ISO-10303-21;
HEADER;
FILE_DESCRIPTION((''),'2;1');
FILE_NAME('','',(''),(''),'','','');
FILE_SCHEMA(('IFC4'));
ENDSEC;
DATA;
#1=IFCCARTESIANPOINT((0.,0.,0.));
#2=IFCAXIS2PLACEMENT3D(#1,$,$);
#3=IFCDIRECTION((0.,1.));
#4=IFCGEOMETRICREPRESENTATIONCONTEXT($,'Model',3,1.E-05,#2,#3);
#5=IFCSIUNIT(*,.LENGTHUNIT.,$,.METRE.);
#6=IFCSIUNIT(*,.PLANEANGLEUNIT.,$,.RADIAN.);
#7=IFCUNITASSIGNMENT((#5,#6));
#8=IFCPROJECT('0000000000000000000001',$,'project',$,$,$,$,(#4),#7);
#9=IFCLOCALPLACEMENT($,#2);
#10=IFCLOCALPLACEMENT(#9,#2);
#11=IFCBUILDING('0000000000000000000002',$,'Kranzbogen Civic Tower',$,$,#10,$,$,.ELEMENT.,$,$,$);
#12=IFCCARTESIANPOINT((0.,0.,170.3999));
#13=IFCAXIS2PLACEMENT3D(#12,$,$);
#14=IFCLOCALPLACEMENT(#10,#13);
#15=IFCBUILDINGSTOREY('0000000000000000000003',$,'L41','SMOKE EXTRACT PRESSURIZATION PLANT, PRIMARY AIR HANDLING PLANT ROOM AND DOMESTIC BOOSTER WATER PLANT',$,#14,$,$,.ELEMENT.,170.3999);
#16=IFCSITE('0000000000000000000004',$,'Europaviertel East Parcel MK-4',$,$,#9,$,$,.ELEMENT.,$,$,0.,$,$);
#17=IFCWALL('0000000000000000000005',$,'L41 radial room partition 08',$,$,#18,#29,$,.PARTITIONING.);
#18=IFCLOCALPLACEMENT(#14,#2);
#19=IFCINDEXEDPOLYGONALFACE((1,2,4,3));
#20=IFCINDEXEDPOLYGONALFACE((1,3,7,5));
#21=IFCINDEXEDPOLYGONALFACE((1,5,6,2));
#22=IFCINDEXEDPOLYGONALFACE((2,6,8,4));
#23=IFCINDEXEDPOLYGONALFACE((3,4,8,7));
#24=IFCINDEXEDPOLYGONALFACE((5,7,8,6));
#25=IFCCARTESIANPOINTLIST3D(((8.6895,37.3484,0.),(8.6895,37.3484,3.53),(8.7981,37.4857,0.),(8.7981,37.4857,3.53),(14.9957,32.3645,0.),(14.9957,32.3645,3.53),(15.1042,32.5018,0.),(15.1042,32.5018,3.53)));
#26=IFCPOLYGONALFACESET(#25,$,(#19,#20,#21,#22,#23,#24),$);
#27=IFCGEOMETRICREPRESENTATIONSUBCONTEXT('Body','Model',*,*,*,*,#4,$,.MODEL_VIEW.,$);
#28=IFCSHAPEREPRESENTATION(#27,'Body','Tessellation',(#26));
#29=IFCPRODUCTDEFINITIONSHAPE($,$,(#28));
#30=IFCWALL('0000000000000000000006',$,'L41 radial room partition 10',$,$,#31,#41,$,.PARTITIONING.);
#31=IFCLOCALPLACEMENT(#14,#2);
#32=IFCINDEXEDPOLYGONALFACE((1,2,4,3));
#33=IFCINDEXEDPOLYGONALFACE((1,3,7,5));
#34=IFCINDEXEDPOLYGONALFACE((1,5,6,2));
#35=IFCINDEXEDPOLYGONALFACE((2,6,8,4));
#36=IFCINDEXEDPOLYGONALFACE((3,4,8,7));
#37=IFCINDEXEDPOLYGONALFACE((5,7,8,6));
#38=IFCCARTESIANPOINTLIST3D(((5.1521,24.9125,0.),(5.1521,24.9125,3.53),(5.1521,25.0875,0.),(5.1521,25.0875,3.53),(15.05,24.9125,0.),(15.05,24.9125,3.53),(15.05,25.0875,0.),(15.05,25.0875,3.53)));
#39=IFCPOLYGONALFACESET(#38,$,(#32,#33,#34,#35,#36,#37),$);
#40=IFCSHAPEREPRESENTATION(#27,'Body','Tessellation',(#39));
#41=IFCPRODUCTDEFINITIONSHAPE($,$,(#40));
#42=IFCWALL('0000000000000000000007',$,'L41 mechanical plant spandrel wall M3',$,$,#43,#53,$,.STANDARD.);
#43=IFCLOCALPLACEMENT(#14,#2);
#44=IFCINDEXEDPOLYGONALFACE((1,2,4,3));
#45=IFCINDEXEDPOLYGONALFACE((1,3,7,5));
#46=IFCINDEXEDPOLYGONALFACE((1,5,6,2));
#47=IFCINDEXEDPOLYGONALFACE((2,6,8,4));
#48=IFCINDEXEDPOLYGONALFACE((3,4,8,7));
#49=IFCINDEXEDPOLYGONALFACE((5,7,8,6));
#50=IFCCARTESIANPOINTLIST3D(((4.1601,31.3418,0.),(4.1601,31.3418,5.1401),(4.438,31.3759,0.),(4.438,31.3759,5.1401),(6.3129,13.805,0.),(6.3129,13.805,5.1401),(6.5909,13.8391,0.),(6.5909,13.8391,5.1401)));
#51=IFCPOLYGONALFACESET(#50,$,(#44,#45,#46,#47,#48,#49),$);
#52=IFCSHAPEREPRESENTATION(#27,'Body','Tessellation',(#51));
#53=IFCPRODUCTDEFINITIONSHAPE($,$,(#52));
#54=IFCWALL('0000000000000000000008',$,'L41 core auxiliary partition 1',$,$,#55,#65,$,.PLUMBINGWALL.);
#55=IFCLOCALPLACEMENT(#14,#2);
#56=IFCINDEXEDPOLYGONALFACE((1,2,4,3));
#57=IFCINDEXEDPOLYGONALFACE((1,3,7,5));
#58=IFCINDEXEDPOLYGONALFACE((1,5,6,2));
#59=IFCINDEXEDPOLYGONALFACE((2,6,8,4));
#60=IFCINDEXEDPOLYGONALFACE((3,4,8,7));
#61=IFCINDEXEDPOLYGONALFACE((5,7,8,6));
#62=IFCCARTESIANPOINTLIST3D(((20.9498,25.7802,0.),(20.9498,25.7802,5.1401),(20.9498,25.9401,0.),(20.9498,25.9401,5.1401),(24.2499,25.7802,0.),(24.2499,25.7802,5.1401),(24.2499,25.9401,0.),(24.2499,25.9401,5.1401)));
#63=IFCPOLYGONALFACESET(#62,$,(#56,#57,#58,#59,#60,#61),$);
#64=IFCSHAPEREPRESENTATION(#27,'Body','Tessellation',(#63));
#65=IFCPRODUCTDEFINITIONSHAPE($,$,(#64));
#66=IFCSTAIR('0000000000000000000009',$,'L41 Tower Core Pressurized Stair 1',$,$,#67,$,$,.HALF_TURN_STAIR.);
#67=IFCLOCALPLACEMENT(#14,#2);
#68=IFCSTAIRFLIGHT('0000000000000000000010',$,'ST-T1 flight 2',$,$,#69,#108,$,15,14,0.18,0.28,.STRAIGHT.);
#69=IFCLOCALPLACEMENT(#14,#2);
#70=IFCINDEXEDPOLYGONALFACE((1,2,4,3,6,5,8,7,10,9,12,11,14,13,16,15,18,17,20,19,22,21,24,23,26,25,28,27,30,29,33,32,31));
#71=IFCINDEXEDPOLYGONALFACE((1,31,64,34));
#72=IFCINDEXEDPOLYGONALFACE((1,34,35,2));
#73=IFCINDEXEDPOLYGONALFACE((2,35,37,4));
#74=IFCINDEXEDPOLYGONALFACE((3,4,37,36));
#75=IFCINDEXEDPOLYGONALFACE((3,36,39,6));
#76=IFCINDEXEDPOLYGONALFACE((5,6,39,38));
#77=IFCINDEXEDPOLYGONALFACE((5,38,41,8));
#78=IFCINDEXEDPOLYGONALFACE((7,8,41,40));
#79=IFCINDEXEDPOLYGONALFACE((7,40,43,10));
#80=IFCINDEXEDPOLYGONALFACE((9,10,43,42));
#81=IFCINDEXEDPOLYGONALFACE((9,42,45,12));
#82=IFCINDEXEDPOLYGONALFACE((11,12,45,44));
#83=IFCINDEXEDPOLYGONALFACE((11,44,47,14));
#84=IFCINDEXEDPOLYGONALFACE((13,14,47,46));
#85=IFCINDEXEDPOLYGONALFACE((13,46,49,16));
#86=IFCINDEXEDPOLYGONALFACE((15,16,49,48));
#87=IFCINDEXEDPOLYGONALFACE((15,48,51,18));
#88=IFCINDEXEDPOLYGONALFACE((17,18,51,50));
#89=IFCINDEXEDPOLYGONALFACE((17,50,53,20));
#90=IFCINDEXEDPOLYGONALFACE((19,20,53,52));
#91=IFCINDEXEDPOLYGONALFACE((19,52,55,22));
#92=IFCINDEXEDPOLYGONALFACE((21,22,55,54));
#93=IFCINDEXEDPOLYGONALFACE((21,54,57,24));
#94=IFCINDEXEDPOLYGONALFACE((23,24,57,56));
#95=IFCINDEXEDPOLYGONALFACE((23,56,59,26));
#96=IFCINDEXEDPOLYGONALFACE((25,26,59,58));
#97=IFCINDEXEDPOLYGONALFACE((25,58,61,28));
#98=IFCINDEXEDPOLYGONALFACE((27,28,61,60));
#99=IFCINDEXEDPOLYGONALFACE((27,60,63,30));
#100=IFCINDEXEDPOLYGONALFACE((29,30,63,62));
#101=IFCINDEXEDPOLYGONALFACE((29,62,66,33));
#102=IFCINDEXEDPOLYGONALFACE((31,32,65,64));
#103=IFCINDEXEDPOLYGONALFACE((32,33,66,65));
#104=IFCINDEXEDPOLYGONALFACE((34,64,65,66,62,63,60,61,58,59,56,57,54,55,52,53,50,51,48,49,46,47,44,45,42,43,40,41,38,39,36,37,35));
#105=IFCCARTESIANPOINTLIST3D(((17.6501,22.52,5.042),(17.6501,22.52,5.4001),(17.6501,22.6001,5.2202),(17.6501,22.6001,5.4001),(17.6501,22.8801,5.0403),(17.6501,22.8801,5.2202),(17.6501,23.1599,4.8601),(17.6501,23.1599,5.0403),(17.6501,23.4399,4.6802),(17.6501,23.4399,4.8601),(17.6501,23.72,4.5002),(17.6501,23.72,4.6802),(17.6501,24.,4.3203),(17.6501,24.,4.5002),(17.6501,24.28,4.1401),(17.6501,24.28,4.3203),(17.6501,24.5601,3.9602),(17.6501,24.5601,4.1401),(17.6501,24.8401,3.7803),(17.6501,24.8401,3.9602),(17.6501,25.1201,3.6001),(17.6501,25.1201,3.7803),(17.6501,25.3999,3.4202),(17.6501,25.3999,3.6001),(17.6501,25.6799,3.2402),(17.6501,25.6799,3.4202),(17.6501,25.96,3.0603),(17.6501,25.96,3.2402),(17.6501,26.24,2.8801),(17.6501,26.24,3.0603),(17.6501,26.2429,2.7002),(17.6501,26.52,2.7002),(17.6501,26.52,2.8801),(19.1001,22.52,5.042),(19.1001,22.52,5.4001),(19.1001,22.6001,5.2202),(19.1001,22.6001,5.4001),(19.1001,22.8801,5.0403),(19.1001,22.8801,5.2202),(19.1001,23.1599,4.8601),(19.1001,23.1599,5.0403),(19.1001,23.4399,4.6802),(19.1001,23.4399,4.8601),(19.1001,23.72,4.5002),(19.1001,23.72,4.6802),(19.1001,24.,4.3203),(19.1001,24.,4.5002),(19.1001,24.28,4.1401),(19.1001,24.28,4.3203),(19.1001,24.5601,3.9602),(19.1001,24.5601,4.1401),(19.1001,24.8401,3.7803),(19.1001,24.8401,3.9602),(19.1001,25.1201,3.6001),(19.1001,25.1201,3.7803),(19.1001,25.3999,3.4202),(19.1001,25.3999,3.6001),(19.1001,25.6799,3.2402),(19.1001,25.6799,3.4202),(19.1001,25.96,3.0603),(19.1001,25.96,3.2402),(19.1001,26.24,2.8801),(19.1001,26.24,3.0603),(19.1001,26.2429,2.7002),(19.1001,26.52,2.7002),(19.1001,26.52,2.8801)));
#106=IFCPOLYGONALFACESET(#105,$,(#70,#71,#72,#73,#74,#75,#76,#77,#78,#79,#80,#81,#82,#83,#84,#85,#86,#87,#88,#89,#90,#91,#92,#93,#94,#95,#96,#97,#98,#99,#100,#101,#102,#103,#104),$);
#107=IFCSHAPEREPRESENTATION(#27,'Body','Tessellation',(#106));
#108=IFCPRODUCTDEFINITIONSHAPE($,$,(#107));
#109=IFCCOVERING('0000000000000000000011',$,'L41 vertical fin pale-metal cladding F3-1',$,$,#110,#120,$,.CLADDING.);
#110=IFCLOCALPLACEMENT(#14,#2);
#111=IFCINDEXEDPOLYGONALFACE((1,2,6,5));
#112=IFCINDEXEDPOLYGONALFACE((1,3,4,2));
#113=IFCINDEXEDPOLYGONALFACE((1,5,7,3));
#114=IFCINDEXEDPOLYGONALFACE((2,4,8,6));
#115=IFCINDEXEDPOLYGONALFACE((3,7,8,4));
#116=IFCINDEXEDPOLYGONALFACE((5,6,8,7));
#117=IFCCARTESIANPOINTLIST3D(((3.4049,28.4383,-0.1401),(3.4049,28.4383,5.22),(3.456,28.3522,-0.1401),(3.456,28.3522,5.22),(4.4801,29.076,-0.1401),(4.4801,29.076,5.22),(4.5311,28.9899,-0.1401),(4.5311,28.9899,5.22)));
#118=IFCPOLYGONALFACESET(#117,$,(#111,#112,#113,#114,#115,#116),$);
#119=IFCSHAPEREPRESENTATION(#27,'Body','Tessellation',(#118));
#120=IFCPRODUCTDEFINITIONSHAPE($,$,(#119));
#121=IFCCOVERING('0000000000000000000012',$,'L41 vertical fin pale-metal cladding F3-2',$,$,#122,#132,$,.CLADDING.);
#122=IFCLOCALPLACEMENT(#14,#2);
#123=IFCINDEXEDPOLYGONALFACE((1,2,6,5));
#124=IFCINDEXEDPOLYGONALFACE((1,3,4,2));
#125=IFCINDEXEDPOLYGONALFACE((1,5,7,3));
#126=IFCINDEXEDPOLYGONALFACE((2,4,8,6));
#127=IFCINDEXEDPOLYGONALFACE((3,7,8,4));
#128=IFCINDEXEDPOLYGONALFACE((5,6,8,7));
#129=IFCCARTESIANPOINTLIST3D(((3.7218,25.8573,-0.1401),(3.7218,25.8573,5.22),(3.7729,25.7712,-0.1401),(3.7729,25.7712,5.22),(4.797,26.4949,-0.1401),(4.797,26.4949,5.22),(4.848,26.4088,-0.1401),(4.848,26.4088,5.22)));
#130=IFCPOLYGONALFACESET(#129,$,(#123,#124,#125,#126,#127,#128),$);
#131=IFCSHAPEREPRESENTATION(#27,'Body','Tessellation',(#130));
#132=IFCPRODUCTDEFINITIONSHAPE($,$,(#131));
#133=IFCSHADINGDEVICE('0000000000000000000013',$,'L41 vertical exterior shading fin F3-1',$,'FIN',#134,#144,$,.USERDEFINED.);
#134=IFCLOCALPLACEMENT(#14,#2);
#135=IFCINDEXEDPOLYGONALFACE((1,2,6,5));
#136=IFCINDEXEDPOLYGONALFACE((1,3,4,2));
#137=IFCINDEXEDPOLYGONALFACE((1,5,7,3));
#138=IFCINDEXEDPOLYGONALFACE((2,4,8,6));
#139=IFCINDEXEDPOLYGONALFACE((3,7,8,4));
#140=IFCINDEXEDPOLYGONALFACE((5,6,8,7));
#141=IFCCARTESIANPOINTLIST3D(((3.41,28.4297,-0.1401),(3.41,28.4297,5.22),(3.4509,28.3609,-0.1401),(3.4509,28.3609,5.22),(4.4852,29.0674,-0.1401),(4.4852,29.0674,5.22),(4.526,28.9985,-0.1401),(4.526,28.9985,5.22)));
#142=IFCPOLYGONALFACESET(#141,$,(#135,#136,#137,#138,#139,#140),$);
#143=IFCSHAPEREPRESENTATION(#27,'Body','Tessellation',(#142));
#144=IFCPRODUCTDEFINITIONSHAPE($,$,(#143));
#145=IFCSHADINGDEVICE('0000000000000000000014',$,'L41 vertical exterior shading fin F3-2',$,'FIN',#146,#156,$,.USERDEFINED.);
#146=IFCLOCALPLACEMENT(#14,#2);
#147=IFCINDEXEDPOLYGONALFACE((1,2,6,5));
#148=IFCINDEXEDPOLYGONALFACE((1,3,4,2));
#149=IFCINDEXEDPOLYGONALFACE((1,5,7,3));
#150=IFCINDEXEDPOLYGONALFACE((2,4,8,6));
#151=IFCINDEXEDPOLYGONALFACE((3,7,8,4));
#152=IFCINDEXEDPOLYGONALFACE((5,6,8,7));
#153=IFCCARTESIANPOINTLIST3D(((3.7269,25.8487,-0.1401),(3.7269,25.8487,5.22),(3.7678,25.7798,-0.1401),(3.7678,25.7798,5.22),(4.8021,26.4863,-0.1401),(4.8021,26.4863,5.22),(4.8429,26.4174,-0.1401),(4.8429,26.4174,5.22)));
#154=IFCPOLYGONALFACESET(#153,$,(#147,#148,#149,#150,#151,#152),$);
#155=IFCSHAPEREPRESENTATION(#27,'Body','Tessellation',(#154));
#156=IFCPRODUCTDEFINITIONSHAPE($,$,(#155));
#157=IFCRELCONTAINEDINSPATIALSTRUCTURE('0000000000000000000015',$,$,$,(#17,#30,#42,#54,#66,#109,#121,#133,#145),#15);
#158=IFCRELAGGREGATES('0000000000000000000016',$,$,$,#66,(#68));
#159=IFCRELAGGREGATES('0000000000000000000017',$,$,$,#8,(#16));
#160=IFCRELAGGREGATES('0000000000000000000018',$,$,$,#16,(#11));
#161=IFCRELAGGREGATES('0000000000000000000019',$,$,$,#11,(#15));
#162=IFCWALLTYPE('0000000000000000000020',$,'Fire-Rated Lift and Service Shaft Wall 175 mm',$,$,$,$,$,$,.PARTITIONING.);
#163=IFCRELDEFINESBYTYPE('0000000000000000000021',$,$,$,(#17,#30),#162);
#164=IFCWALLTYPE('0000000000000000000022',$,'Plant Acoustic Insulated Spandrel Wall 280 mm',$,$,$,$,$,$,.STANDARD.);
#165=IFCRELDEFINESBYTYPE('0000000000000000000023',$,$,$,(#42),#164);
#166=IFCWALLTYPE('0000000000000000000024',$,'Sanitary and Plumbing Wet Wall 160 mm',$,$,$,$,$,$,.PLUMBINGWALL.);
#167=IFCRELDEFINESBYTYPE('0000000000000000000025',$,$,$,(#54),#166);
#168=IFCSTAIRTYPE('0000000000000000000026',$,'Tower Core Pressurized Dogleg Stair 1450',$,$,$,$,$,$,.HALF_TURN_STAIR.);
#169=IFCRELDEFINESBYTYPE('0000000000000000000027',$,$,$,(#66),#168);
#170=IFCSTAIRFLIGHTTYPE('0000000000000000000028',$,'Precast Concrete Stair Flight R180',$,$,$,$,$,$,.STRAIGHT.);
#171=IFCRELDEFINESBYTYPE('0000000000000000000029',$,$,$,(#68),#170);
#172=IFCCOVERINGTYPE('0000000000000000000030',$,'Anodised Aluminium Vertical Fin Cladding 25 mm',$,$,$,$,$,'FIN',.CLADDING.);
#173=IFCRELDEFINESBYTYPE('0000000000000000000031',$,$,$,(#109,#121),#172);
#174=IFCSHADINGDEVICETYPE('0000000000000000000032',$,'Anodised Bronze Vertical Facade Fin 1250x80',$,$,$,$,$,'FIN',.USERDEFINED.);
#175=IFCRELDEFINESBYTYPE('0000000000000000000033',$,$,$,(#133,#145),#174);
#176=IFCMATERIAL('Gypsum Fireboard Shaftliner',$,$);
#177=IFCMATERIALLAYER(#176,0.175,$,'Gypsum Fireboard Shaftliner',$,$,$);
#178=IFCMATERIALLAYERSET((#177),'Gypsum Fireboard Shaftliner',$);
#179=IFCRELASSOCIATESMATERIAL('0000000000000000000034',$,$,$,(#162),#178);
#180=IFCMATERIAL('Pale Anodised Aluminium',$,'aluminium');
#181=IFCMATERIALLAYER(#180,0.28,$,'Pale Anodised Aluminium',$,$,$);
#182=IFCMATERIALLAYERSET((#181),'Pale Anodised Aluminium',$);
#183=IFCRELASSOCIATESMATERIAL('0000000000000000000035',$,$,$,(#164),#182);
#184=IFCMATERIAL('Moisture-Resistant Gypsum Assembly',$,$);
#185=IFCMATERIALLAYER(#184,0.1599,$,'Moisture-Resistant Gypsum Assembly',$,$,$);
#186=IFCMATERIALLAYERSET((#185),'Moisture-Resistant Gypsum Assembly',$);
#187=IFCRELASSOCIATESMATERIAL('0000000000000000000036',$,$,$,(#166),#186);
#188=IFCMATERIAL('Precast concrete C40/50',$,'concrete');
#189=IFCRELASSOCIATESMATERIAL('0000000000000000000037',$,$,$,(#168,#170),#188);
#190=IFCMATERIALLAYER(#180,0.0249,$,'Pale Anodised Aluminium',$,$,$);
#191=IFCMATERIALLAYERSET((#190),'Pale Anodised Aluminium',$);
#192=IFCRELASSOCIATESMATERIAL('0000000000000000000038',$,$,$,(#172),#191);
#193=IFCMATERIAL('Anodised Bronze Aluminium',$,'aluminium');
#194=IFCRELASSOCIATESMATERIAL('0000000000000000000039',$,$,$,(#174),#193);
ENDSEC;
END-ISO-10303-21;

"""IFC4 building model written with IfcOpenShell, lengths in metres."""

from ifc_helpers import new_model, si_unit, direction, frame, frame_2d, origin, origin_2d, place, context, subcontext, project, spatial, polyline, rectangle, outline, extrude, material, layer, layer_set, type_object, element, aggregate, save


model = new_model("IFC4")

# Units and contexts
model_context = context("Model", 3, precision=1e-05, world=origin(), true_north=direction((0.0, 1.0)))
body_context = subcontext(model_context, "Body", "Model", "MODEL_VIEW")
ifc_project = project(units=[si_unit("LENGTHUNIT", "METRE"), si_unit("PLANEANGLEUNIT", "RADIAN")], contexts=[model_context])

# Site, building, storey
site_placement = place(None, origin())
site = spatial("IfcSite", under=ifc_project, at=site_placement, Name="Europaviertel East Parcel MK-4", CompositionType="ELEMENT", RefElevation=0.0)
building_placement = place(site_placement, origin())
building = spatial("IfcBuilding", under=site, at=building_placement, Name="Kranzbogen Civic Tower", CompositionType="ELEMENT")
storey_placement = place(building_placement, frame((0.0, 0.0, 170.3999)))
storey = spatial("IfcBuildingStorey", under=building, at=storey_placement, Name="L41", Description="SMOKE EXTRACT PRESSURIZATION PLANT, PRIMARY AIR HANDLING PLANT ROOM AND DOMESTIC BOOSTER WATER PLANT", CompositionType="ELEMENT", Elevation=170.3999)

# Walls
ifc_material_1 = material(Name="Gypsum Fireboard Shaftliner")
ifc_layer_1 = layer(ifc_material_1, 0.175, Name="Gypsum Fireboard Shaftliner")
ifc_layer_set_1 = layer_set([ifc_layer_1], Name="Gypsum Fireboard Shaftliner")
wall_type_1 = type_object("IfcWallType", Name="Fire-Rated Lift and Service Shaft Wall 175 mm", PredefinedType="PARTITIONING", material=ifc_layer_set_1)
wall_1_placement = place(storey_placement, frame((15.05, 32.4331, 0.0), z_axis=(0.0, 0.0, 1.0), x_axis=(-0.784559, 0.620054, 0.0)))
element("IfcWall", 1, at=wall_1_placement, inside=storey, type_object=wall_type_1, Name="L41 radial room partition 08", PredefinedType="PARTITIONING", context=body_context, shape_type="SweptSolid", body=[
    extrude(rectangle(XDim=8.0378, YDim=0.175, at=frame_2d((4.019, 0.0))), origin(), (0.0, 0.0, 1.0), 3.53),
])
wall_2_placement = place(storey_placement, frame((15.05, 25.0, 0.0), z_axis=(0.0, 0.0, 1.0), x_axis=(-1.0, 0.0, 0.0)))
element("IfcWall", 2, at=wall_2_placement, inside=storey, type_object=wall_type_1, Name="L41 radial room partition 10", PredefinedType="PARTITIONING", context=body_context, shape_type="SweptSolid", body=[
    extrude(rectangle(XDim=9.8979, YDim=0.175, at=frame_2d((4.949, 0.0))), origin(), (0.0, 0.0, 1.0), 3.53),
])
ifc_material_2 = material(Name="Pale Anodised Aluminium", Category="aluminium")
ifc_layer_2 = layer(ifc_material_2, 0.28, Name="Pale Anodised Aluminium")
ifc_layer_set_2 = layer_set([ifc_layer_2], Name="Pale Anodised Aluminium")
wall_type_2 = type_object("IfcWallType", Name="Plant Acoustic Insulated Spandrel Wall 280 mm", PredefinedType="STANDARD", material=ifc_layer_set_2)
wall_3_placement = place(storey_placement, frame((4.2991, 31.3589, 0.0), z_axis=(0.0, 0.0, 1.0), x_axis=(0.121846, -0.992549, 0.0)))
element("IfcWall", 3, at=wall_3_placement, inside=storey, type_object=wall_type_2, Name="L41 mechanical plant spandrel wall M3", PredefinedType="STANDARD", context=body_context, shape_type="SweptSolid", body=[
    extrude(rectangle(XDim=17.6685, YDim=0.28, at=frame_2d((8.8342, 0.0))), origin(), (0.0, 0.0, 1.0), 5.1401),
])
ifc_material_3 = material(Name="Moisture-Resistant Gypsum Assembly")
ifc_layer_3 = layer(ifc_material_3, 0.1599, Name="Moisture-Resistant Gypsum Assembly")
ifc_layer_set_3 = layer_set([ifc_layer_3], Name="Moisture-Resistant Gypsum Assembly")
wall_type_3 = type_object("IfcWallType", Name="Sanitary and Plumbing Wet Wall 160 mm", PredefinedType="PLUMBINGWALL", material=ifc_layer_set_3)
wall_4_placement = place(storey_placement, frame((20.95, 25.8601, 0.0), z_axis=(0.0, 0.0, 1.0), x_axis=(1.0, 0.0, 0.0)))
element("IfcWall", 4, at=wall_4_placement, inside=storey, type_object=wall_type_3, Name="L41 core auxiliary partition 1", PredefinedType="PLUMBINGWALL", context=body_context, shape_type="SweptSolid", body=[
    extrude(rectangle(XDim=3.3, YDim=0.1599, at=frame_2d((1.6499, 0.0))), origin(), (0.0, 0.0, 1.0), 5.1401),
])

# Stair, stair flight
ifc_material_4 = material(Name="Precast concrete C40/50", Category="concrete")
stair_type = type_object("IfcStairType", Name="Tower Core Pressurized Dogleg Stair 1450", PredefinedType="HALF_TURN_STAIR", material=ifc_material_4)
stair_placement = place(storey_placement, origin())
stair = element("IfcStair", 5, at=stair_placement, inside=storey, type_object=stair_type, Name="L41 Tower Core Pressurized Stair 1", PredefinedType="HALF_TURN_STAIR")
stair_flight_type = type_object("IfcStairFlightType", Name="Precast Concrete Stair Flight R180", PredefinedType="STRAIGHT", material=ifc_material_4)
stair_flight_placement = place(storey_placement, frame((18.375, 26.52, 2.7002), z_axis=(0.0, 0.0, 1.0), x_axis=(0.0, -1.0, 0.0)))
stair_flight = element("IfcStairFlight", 6, at=stair_flight_placement, type_object=stair_flight_type, Name="ST-T1 flight 2", NumberOfRisers=15, NumberOfTreads=14, PredefinedType="STRAIGHT", RiserHeight=0.18, TreadLength=0.28, context=body_context, shape_type="SweptSolid", body=[
    extrude(outline(polyline([(0.0, 0.0), (0.0, 0.1799), (0.28, 0.1799), (0.28, 0.3601), (0.5601, 0.3601), (0.5601, 0.54), (0.8401, 0.54), (0.8401, 0.72), (1.1201, 0.72), (1.1201, 0.8999), (1.3999, 0.8999), (1.3999, 1.0801), (1.6799, 1.0801), (1.6799, 1.26), (1.96, 1.26), (1.96, 1.4399), (2.24, 1.4399), (2.24, 1.6201), (2.52, 1.6201), (2.52, 1.8), (2.8, 1.8), (2.8, 1.98), (3.0801, 1.98), (3.0801, 2.1599), (3.3601, 2.1599), (3.3601, 2.3401), (3.6399, 2.3401), (3.6399, 2.52), (3.9199, 2.52), (3.9199, 2.7), (4.0, 2.7), (4.0, 2.3418), (0.2771, 0.0), (0.0, 0.0)])), frame((0.0, 0.7251, 0.0), z_axis=(0.0, -1.0, 0.0), x_axis=(1.0, 0.0, 0.0)), (0.0, 0.0, 1.0), 1.45),
])
aggregate(stair, [stair_flight])

# Coverings
ifc_layer_4 = layer(ifc_material_2, 0.0249, Name="Pale Anodised Aluminium")
ifc_layer_set_4 = layer_set([ifc_layer_4], Name="Pale Anodised Aluminium")
covering_type = type_object("IfcCoveringType", Name="Anodised Aluminium Vertical Fin Cladding 25 mm", ElementType="FIN", PredefinedType="CLADDING", material=ifc_layer_set_4)
for number, where, z_axis, x_axis, name in (
    (7, (3.968, 28.7141, -0.1401), (0.0, 0.0, 1.0), (-0.860111, -0.510108, 0.0), "L41 vertical fin pale-metal cladding F3-1"),
    (8, (4.2849, 26.1331, -0.1401), (0.0, 0.0, 1.0), (-0.860111, -0.510108, 0.0), "L41 vertical fin pale-metal cladding F3-2"),
):
    element("IfcCovering", number, at=place(storey_placement, frame(where, z_axis=z_axis, x_axis=x_axis)), inside=storey, type_object=covering_type, Name=name, PredefinedType="CLADDING", context=body_context, shape_type="SweptSolid", body=[
        extrude(rectangle(XDim=1.25, YDim=0.1001, at=origin_2d()), origin(), (0.0, 0.0, 1.0), 5.3601),
    ])

# Shading devices
ifc_material_5 = material(Name="Anodised Bronze Aluminium", Category="aluminium")
shading_device_type = type_object("IfcShadingDeviceType", Name="Anodised Bronze Vertical Facade Fin 1250x80", ElementType="FIN", PredefinedType="USERDEFINED", material=ifc_material_5)
for number, where, z_axis, x_axis, name in (
    (9, (3.968, 28.7141, -0.1401), (0.0, 0.0, 1.0), (-0.860111, -0.510108, 0.0), "L41 vertical exterior shading fin F3-1"),
    (10, (4.2849, 26.1331, -0.1401), (0.0, 0.0, 1.0), (-0.860111, -0.510108, 0.0), "L41 vertical exterior shading fin F3-2"),
):
    element("IfcShadingDevice", number, at=place(storey_placement, frame(where, z_axis=z_axis, x_axis=x_axis)), inside=storey, type_object=shading_device_type, Name=name, ObjectType="FIN", PredefinedType="USERDEFINED", context=body_context, shape_type="SweptSolid", body=[
        extrude(rectangle(XDim=1.25, YDim=0.0801, at=origin_2d()), origin(), (0.0, 0.0, 1.0), 5.3601),
    ])

save(model, "model.ifc")
